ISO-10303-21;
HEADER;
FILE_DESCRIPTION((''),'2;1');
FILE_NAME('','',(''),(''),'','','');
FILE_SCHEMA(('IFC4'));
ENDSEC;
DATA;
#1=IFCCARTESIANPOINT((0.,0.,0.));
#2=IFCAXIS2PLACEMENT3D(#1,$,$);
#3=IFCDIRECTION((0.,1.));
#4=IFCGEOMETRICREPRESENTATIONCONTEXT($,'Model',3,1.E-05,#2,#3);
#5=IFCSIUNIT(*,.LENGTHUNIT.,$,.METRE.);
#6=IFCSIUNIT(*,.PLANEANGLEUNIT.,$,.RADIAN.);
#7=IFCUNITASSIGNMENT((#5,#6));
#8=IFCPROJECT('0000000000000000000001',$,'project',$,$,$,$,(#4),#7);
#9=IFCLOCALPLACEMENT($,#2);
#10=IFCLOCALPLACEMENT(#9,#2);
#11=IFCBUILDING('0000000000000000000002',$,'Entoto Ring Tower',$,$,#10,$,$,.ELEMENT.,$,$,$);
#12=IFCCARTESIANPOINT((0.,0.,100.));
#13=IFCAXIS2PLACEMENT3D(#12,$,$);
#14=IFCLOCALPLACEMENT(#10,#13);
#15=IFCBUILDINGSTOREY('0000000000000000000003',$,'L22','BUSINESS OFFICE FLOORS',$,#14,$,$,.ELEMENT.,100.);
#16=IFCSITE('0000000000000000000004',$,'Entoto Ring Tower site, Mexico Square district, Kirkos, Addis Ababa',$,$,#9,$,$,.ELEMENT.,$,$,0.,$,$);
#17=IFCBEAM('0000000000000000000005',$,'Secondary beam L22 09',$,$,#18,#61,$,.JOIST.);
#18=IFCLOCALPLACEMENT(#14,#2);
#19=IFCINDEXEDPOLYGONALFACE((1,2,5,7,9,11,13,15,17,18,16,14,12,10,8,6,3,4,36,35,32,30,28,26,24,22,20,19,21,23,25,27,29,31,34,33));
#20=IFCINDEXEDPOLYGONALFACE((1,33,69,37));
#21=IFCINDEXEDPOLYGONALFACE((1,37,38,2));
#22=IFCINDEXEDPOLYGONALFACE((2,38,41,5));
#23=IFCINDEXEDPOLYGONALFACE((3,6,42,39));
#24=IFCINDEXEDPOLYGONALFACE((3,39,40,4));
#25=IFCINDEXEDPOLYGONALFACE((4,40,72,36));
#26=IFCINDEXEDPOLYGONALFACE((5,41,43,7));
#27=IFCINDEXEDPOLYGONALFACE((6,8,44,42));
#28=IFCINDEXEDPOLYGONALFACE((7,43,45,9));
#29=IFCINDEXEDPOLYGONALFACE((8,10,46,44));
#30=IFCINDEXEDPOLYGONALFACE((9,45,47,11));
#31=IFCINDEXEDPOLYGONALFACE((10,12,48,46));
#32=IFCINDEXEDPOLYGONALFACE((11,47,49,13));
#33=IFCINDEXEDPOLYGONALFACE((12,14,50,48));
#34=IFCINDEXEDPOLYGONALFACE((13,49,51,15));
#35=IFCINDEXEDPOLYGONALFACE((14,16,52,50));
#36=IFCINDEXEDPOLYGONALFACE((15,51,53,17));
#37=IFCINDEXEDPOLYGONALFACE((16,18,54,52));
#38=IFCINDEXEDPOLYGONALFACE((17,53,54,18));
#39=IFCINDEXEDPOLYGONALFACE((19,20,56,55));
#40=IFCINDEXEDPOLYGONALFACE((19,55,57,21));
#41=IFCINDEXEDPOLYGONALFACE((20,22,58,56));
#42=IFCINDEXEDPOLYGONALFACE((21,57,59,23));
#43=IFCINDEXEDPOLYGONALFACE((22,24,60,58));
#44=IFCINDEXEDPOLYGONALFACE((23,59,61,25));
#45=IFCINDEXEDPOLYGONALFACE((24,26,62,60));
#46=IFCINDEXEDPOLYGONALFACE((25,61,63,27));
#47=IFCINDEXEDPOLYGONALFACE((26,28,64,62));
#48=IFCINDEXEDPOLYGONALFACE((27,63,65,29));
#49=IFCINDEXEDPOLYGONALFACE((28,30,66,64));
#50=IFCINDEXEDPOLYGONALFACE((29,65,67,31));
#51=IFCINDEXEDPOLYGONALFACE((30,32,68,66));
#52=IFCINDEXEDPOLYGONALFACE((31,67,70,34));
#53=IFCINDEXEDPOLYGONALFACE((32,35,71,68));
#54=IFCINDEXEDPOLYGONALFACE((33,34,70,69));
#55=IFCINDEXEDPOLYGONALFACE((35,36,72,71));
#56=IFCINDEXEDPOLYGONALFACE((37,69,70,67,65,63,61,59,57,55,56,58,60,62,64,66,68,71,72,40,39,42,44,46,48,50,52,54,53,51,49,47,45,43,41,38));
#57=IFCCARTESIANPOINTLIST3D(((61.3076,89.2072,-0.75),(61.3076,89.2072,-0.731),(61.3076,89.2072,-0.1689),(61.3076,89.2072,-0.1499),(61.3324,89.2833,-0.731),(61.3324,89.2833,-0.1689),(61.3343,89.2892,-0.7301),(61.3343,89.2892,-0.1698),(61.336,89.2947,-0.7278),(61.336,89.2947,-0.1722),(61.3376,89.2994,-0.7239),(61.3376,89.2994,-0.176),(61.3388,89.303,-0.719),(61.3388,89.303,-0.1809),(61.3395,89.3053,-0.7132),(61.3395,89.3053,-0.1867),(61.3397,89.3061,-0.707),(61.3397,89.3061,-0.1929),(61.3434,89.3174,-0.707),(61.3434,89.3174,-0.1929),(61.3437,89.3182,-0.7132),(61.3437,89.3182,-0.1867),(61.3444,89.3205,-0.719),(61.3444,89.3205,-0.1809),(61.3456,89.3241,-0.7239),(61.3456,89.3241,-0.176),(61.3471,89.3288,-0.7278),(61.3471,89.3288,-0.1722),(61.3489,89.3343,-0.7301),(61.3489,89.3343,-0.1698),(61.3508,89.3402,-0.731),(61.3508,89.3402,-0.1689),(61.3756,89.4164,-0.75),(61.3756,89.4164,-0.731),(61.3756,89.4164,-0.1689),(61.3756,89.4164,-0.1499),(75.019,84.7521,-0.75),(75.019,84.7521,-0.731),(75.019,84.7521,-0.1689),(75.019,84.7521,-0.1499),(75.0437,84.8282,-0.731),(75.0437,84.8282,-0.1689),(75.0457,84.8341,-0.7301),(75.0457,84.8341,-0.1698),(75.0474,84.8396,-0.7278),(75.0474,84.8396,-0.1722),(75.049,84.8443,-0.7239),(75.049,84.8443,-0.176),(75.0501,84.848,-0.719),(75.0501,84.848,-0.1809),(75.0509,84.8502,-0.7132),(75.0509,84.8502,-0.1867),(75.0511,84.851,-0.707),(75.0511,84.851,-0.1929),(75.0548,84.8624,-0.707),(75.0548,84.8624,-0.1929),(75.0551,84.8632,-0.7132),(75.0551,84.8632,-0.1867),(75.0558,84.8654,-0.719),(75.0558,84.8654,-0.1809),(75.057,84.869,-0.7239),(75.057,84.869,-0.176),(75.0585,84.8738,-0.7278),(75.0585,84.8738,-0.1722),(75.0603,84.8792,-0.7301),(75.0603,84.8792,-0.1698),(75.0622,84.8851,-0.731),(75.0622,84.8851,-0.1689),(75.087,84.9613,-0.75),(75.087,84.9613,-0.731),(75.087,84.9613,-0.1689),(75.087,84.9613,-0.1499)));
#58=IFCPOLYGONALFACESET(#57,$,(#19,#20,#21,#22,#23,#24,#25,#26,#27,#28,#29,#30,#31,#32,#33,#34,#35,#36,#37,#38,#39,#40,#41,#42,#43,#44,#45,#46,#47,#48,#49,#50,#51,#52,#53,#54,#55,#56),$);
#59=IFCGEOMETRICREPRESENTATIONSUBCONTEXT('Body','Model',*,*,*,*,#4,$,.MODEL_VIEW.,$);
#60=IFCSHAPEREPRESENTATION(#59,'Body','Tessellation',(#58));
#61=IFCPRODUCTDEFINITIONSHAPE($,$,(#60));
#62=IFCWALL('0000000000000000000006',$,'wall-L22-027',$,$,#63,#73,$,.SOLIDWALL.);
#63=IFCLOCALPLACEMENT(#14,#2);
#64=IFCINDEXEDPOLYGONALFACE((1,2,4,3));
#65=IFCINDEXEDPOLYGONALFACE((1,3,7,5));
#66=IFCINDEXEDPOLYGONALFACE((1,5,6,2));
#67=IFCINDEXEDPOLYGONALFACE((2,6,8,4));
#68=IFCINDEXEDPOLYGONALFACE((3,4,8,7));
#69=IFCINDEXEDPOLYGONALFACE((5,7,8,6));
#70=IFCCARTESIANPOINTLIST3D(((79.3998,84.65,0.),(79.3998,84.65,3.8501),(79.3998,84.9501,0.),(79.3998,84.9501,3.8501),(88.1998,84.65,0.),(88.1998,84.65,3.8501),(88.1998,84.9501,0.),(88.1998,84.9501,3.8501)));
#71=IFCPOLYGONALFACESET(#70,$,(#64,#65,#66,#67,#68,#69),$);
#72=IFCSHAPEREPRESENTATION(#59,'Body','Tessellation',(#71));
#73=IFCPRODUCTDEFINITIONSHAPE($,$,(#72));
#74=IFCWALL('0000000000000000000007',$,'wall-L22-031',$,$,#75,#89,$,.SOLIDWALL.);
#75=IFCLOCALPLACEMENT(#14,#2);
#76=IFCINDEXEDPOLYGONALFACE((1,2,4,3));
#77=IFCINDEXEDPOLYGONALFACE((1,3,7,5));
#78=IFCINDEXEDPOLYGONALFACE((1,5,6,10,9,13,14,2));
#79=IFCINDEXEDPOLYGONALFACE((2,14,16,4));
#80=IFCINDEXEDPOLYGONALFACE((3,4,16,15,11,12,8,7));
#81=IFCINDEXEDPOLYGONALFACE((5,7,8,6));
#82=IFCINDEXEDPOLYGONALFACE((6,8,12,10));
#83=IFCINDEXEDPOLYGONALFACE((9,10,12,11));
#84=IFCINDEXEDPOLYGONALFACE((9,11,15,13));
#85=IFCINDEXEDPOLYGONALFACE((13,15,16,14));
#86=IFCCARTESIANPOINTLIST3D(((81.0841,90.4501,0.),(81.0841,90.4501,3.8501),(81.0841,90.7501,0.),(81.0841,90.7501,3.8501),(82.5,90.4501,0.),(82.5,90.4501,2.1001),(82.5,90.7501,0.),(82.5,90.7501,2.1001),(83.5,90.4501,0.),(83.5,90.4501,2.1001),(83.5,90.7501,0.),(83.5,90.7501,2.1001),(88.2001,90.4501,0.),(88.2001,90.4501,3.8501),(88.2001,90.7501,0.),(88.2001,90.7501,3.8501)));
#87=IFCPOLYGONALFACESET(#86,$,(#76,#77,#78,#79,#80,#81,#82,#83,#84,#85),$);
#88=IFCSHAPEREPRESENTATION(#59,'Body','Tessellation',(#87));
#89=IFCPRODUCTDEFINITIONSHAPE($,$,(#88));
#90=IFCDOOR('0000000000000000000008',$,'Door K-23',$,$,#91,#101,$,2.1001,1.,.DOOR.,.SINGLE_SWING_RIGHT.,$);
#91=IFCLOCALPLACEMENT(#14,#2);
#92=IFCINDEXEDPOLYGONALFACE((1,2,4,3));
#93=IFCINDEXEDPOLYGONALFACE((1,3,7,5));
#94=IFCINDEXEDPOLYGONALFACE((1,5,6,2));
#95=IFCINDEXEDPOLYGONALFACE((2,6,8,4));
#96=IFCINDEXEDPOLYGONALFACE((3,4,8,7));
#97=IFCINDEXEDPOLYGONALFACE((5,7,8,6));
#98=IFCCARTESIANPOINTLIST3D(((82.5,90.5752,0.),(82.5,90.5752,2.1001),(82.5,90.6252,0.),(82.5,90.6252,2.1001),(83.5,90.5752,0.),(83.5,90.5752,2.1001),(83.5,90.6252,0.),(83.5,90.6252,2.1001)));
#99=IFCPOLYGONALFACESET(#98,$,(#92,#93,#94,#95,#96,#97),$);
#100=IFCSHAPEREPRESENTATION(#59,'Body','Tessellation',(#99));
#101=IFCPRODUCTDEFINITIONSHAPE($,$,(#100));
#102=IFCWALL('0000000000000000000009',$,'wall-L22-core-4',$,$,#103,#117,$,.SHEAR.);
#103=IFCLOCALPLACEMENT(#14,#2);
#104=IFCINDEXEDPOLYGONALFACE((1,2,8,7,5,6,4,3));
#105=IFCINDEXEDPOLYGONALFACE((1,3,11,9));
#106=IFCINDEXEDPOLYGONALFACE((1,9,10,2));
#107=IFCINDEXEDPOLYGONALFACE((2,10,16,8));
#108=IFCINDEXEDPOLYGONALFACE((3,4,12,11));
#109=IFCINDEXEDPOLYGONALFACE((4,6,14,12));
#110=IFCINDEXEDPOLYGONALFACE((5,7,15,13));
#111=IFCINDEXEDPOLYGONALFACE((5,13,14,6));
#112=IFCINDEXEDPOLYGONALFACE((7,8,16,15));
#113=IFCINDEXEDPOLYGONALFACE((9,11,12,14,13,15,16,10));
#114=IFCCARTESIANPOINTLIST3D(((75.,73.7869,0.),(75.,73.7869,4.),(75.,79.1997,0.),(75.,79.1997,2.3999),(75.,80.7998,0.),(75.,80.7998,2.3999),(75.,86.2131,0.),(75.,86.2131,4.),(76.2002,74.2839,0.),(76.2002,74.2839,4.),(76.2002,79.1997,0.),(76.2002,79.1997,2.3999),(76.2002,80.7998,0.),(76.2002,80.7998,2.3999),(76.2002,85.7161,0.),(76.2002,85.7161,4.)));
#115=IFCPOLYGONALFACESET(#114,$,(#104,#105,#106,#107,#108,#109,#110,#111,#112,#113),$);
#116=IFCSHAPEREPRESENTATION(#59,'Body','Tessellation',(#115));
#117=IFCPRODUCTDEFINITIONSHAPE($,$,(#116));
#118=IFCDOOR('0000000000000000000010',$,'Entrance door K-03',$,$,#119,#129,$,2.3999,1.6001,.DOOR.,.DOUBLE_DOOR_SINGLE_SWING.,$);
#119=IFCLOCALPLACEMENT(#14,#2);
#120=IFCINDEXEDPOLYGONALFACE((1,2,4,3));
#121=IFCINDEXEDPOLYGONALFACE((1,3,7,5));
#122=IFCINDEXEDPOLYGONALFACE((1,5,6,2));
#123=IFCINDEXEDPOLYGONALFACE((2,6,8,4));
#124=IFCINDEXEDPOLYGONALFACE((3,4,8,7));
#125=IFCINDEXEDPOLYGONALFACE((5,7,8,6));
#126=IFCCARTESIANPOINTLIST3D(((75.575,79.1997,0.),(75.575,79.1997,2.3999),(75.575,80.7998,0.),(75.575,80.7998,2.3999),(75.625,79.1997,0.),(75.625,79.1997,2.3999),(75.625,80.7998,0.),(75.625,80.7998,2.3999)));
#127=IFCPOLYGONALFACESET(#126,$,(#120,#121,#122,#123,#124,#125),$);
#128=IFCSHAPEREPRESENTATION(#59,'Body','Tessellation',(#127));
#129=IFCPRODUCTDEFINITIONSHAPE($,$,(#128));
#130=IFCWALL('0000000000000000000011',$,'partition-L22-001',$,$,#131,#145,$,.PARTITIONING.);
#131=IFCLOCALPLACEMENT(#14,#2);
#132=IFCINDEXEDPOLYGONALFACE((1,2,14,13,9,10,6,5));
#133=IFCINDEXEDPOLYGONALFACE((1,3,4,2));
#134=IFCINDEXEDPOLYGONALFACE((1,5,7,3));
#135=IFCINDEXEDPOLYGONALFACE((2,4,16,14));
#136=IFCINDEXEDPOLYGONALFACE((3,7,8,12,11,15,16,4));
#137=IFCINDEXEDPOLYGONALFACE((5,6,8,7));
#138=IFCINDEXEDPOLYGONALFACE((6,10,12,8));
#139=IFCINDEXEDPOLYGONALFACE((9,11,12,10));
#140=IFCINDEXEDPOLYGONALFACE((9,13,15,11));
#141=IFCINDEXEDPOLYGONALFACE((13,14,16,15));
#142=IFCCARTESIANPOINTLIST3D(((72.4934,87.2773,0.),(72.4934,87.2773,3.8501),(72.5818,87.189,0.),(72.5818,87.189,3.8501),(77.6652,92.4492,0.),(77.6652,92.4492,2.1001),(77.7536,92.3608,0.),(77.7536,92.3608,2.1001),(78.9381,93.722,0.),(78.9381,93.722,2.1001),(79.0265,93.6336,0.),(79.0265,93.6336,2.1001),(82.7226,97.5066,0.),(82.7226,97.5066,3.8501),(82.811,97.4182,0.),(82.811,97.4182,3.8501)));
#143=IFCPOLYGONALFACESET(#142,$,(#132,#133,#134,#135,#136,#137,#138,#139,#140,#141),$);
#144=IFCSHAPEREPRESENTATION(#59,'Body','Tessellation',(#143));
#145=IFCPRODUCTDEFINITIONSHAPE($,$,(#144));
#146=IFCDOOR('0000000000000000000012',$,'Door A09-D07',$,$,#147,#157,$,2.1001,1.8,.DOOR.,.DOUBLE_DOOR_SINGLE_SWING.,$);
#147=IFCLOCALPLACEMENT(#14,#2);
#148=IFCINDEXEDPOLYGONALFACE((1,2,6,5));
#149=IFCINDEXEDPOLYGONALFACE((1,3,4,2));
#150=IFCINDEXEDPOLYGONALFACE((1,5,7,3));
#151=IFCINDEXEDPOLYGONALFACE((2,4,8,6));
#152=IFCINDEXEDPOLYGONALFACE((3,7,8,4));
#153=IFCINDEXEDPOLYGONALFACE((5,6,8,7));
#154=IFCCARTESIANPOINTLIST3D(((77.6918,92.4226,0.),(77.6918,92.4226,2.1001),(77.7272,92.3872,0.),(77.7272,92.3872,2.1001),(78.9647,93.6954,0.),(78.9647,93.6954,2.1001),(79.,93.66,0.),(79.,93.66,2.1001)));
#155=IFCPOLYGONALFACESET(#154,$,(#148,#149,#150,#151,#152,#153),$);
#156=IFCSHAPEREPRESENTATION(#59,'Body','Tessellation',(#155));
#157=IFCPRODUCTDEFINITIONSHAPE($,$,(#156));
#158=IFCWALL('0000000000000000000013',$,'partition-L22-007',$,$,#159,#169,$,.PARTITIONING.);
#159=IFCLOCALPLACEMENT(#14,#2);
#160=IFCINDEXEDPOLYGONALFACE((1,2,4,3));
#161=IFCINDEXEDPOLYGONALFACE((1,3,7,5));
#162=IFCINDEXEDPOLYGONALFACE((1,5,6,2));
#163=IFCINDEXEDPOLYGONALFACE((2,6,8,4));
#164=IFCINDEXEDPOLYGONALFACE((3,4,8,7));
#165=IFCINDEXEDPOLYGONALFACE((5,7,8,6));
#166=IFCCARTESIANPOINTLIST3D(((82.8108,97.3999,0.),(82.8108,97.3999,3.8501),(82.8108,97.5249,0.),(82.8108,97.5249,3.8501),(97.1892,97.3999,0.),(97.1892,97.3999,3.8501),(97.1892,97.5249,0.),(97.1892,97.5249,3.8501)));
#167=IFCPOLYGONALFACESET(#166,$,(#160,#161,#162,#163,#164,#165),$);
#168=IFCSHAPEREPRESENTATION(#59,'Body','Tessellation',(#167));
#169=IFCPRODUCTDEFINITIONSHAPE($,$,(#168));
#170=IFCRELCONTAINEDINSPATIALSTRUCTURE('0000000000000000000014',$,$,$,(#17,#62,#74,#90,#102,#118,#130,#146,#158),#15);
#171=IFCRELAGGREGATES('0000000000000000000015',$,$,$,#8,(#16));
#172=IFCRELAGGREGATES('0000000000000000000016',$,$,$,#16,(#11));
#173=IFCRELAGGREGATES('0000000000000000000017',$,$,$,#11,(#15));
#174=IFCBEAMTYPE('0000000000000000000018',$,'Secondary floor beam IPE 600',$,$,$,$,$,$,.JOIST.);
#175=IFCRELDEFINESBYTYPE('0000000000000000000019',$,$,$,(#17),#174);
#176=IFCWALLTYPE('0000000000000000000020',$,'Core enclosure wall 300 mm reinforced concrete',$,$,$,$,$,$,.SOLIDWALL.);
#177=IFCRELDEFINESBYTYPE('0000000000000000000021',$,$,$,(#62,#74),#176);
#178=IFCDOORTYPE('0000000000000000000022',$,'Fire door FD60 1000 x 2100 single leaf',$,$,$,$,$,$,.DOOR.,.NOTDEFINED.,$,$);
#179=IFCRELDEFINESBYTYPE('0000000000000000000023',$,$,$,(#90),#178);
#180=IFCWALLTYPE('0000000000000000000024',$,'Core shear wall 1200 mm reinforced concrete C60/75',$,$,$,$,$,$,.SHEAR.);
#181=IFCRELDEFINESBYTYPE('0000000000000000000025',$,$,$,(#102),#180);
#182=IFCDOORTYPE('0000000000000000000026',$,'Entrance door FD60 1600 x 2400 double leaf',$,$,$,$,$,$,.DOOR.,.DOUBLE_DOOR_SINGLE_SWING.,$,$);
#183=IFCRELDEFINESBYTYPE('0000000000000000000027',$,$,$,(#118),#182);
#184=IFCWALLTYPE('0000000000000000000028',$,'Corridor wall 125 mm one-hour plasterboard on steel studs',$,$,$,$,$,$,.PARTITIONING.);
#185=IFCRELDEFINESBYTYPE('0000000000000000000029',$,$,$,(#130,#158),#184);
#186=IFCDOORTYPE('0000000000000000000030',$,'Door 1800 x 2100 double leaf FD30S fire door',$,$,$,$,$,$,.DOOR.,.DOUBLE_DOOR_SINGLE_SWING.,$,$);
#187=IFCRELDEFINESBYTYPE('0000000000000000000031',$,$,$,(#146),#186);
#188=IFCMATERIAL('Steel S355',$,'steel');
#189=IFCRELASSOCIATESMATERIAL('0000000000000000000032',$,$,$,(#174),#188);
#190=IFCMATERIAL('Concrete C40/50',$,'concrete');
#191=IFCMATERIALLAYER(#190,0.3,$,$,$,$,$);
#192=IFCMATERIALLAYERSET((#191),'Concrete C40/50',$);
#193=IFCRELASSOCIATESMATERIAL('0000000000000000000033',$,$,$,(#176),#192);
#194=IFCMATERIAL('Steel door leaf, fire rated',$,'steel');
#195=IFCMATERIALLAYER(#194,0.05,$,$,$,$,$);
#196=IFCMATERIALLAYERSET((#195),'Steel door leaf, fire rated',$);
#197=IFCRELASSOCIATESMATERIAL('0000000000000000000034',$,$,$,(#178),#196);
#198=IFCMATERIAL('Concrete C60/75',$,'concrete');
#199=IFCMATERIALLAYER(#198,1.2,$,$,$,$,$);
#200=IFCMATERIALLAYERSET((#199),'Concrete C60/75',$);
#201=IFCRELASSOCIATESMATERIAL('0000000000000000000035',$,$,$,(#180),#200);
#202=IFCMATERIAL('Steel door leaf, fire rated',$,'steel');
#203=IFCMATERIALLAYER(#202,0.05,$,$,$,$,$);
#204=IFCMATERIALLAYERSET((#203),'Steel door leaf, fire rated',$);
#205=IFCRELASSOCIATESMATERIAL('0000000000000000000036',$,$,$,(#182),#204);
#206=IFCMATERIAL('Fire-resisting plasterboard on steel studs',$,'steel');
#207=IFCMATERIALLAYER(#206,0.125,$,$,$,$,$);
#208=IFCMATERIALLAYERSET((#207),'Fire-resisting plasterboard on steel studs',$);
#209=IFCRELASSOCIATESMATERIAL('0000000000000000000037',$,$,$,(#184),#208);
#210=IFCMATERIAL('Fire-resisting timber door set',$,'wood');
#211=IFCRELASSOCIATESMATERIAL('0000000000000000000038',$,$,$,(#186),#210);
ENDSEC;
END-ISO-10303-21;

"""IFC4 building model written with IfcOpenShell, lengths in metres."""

from ifc_helpers import new_model, si_unit, direction, frame, frame_2d, origin, origin_2d, place, context, subcontext, project, spatial, polyline, rectangle, i_section, outline, extrude, material, layer, layer_set, material_profile, profile_set, type_object, element, fill, save


model = new_model("IFC4")

# Units and contexts
model_context = context("Model", 3, precision=1e-05, world=origin(), true_north=direction((0.0, 1.0)))
body_context = subcontext(model_context, "Body", "Model", "MODEL_VIEW")
ifc_project = project(units=[si_unit("LENGTHUNIT", "METRE"), si_unit("PLANEANGLEUNIT", "RADIAN")], contexts=[model_context])

# Site, building, storey
site_placement = place(None, origin())
site = spatial("IfcSite", under=ifc_project, at=site_placement, Name="Entoto Ring Tower site, Mexico Square district, Kirkos, Addis Ababa", CompositionType="ELEMENT", RefElevation=0.0)
building_placement = place(site_placement, origin())
building = spatial("IfcBuilding", under=site, at=building_placement, Name="Entoto Ring Tower", CompositionType="ELEMENT")
storey_placement = place(building_placement, frame((0.0, 0.0, 100.0)))
storey = spatial("IfcBuildingStorey", under=building, at=storey_placement, Name="L22", Description="BUSINESS OFFICE FLOORS", CompositionType="ELEMENT", Elevation=100.0)

# Beam
ifc_material_1 = material(Name="Steel S355", Category="steel")
ifc_material_profile_1 = material_profile(ifc_material_1, i_section(OverallWidth=0.22, OverallDepth=0.6001, WebThickness=0.012, FlangeThickness=0.019, FilletRadius=0.0239, at=origin_2d()), Name="IPE 600")
ifc_profile_set_1 = profile_set([ifc_material_profile_1], Name="Steel S355")
beam_type_1 = type_object("IfcBeamType", Name="Secondary floor beam IPE 600", PredefinedType="JOIST", material=ifc_profile_set_1)
beam_1_placement = place(storey_placement, frame((75.053, 84.8567, -0.45), z_axis=(-0.951057, 0.309015, 0.0), x_axis=(-0.309015, -0.951057, 0.0)))
element("IfcBeam", 1, at=beam_1_placement, inside=storey, type_object=beam_type_1, Name="Secondary beam L22 09", PredefinedType="JOIST", context=body_context, shape_type="SweptSolid", body=[
    extrude(i_section(OverallWidth=0.22, OverallDepth=0.6001, WebThickness=0.012, FlangeThickness=0.019, FilletRadius=0.0239, at=origin_2d()), origin(), (0.0, 0.0, 1.0), 14.417),
])

# Wall
ifc_material_2 = material(Name="Concrete C40/50", Category="concrete")
ifc_layer_1 = layer(ifc_material_2, 0.3)
ifc_layer_set_1 = layer_set([ifc_layer_1], Name="Concrete C40/50")
wall_type_1 = type_object("IfcWallType", Name="Core enclosure wall 300 mm reinforced concrete", PredefinedType="SOLIDWALL", material=ifc_layer_set_1)
wall_1_placement = place(storey_placement, frame((79.3999, 84.8, 0.0), z_axis=(0.0, 0.0, 1.0), x_axis=(1.0, 0.0, 0.0)))
element("IfcWall", 2, at=wall_1_placement, inside=storey, type_object=wall_type_1, Name="wall-L22-027", PredefinedType="SOLIDWALL", context=body_context, shape_type="SweptSolid", body=[
    extrude(rectangle(XDim=8.8, YDim=0.3, at=frame_2d((4.3999, 0.0))), origin(), (0.0, 0.0, 1.0), 3.8501),
])

# Walls, openings, doors
wall_2_placement = place(storey_placement, frame((81.084, 90.6001, 0.0), z_axis=(0.0, 0.0, 1.0), x_axis=(1.0, 0.0, 0.0)))
wall_2 = element("IfcWall", 3, at=wall_2_placement, inside=storey, type_object=wall_type_1, Name="wall-L22-031", PredefinedType="SOLIDWALL", context=body_context, shape_type="SweptSolid", body=[
    extrude(rectangle(XDim=7.116, YDim=0.3, at=frame_2d((3.5581, 0.0))), origin(), (0.0, 0.0, 1.0), 3.8501),
])
opening_1_placement = place(wall_2_placement, frame((1.416, 0.0, 0.0)))
opening_1 = element("IfcOpeningElement", 4, at=opening_1_placement, cuts=wall_2, PredefinedType="OPENING", context=body_context, shape_type="SweptSolid", body=[
    extrude(rectangle(XDim=1.0, YDim=2.1001, at=frame_2d((0.5, 1.05))), frame((0.0, 0.1602, 0.0), z_axis=(0.0, -1.0, 0.0), x_axis=(1.0, 0.0, 0.0)), (0.0, 0.0, 1.0), 0.3201),
])
ifc_material_3 = material(Name="Steel door leaf, fire rated", Category="steel")
ifc_layer_2 = layer(ifc_material_3, 0.05)
ifc_layer_set_2 = layer_set([ifc_layer_2], Name="Steel door leaf, fire rated")
door_type_1 = type_object("IfcDoorType", Name="Fire door FD60 1000 x 2100 single leaf", OperationType="NOTDEFINED", PredefinedType="DOOR", material=ifc_layer_set_2)
door_1_placement = place(opening_1_placement, frame((1.0, 0.0, 0.0), z_axis=(0.0, 0.0, 1.0), x_axis=(-1.0, 0.0, 0.0)))
door_1 = element("IfcDoor", 5, at=door_1_placement, inside=storey, type_object=door_type_1, Name="Door K-23", OperationType="SINGLE_SWING_RIGHT", OverallHeight=2.1001, OverallWidth=1.0, PredefinedType="DOOR", context=body_context, shape_type="SweptSolid", body=[
    extrude(rectangle(XDim=1.0, YDim=2.1001, at=frame_2d((0.5, 1.05))), frame((0.0, 0.0249, 0.0), z_axis=(0.0, -1.0, 0.0), x_axis=(1.0, 0.0, 0.0)), (0.0, 0.0, 1.0), 0.05),
])
fill(opening_1, door_1)
ifc_material_4 = material(Name="Concrete C60/75", Category="concrete")
ifc_layer_3 = layer(ifc_material_4, 1.2)
ifc_layer_set_3 = layer_set([ifc_layer_3], Name="Concrete C60/75")
wall_type_2 = type_object("IfcWallType", Name="Core shear wall 1200 mm reinforced concrete C60/75", PredefinedType="SHEAR", material=ifc_layer_set_3)
wall_3_placement = place(storey_placement, frame((75.6001, 85.9646, 0.0), z_axis=(0.0, 0.0, 1.0), x_axis=(0.0, -1.0, 0.0)))
wall_3 = element("IfcWall", 6, at=wall_3_placement, inside=storey, type_object=wall_type_2, Name="wall-L22-core-4", PredefinedType="SHEAR", context=body_context, shape_type="SweptSolid", body=[
    extrude(outline(polyline([(-0.2485, -0.6001), (12.1777, -0.6001), (11.6807, 0.6001), (0.2485, 0.6001), (-0.2485, -0.6001)])), origin(), (0.0, 0.0, 1.0), 4.0),
])
opening_2_placement = place(wall_3_placement, frame((5.1648, 0.0, 0.0)))
opening_2 = element("IfcOpeningElement", 7, at=opening_2_placement, cuts=wall_3, PredefinedType="OPENING", context=body_context, shape_type="SweptSolid", body=[
    extrude(rectangle(XDim=1.6001, YDim=2.3999, at=frame_2d((0.8, 1.2))), frame((0.0, 0.6099, 0.0), z_axis=(0.0, -1.0, 0.0), x_axis=(1.0, 0.0, 0.0)), (0.0, 0.0, 1.0), 1.22),
])
ifc_material_5 = material(Name="Steel door leaf, fire rated", Category="steel")
ifc_layer_4 = layer(ifc_material_5, 0.05)
ifc_layer_set_4 = layer_set([ifc_layer_4], Name="Steel door leaf, fire rated")
door_type_2 = type_object("IfcDoorType", Name="Entrance door FD60 1600 x 2400 double leaf", OperationType="DOUBLE_DOOR_SINGLE_SWING", PredefinedType="DOOR", material=ifc_layer_set_4)
door_2_placement = place(opening_2_placement, origin())
door_2 = element("IfcDoor", 8, at=door_2_placement, inside=storey, type_object=door_type_2, Name="Entrance door K-03", OperationType="DOUBLE_DOOR_SINGLE_SWING", OverallHeight=2.3999, OverallWidth=1.6001, PredefinedType="DOOR", context=body_context, shape_type="SweptSolid", body=[
    extrude(rectangle(XDim=1.6001, YDim=2.3999, at=frame_2d((0.8, 1.2))), frame((0.0, 0.0249, 0.0), z_axis=(0.0, -1.0, 0.0), x_axis=(1.0, 0.0, 0.0)), (0.0, 0.0, 1.0), 0.05),
])
fill(opening_2, door_2)
ifc_material_6 = material(Name="Fire-resisting plasterboard on steel studs", Category="steel")
ifc_layer_5 = layer(ifc_material_6, 0.125)
ifc_layer_set_5 = layer_set([ifc_layer_5], Name="Fire-resisting plasterboard on steel studs")
wall_type_3 = type_object("IfcWallType", Name="Corridor wall 125 mm one-hour plasterboard on steel studs", PredefinedType="PARTITIONING", material=ifc_layer_set_5)
wall_4_placement = place(storey_placement, frame((72.5376, 87.2332, 0.0), z_axis=(0.0, 0.0, 1.0), x_axis=(0.707107, 0.707107, 0.0)))
wall_4 = element("IfcWall", 9, at=wall_4_placement, inside=storey, type_object=wall_type_3, Name="partition-L22-001", PredefinedType="PARTITIONING", context=body_context, shape_type="SweptSolid", body=[
    extrude(rectangle(XDim=14.4663, YDim=0.125, at=frame_2d((7.2332, 0.0))), origin(), (0.0, 0.0, 1.0), 3.8501),
])
opening_3_placement = place(wall_4_placement, frame((7.3142, 0.0, 0.0)))
opening_3 = element("IfcOpeningElement", 10, at=opening_3_placement, cuts=wall_4, PredefinedType="OPENING", context=body_context, shape_type="SweptSolid", body=[
    extrude(rectangle(XDim=1.8, YDim=2.1001, at=frame_2d((0.8999, 1.05))), frame((0.0, 0.0725, 0.0), z_axis=(0.0, -1.0, 0.0), x_axis=(1.0, 0.0, 0.0)), (0.0, 0.0, 1.0), 0.145),
])
ifc_material_7 = material(Name="Fire-resisting timber door set", Category="wood")
door_type_3 = type_object("IfcDoorType", Name="Door 1800 x 2100 double leaf FD30S fire door", OperationType="DOUBLE_DOOR_SINGLE_SWING", PredefinedType="DOOR", material=ifc_material_7)
door_3_placement = place(opening_3_placement, origin())
door_3 = element("IfcDoor", 11, at=door_3_placement, inside=storey, type_object=door_type_3, Name="Door A09-D07", OperationType="DOUBLE_DOOR_SINGLE_SWING", OverallHeight=2.1001, OverallWidth=1.8, PredefinedType="DOOR", context=body_context, shape_type="SweptSolid", body=[
    extrude(rectangle(XDim=1.8, YDim=2.1001, at=frame_2d((0.8999, 1.05))), frame((0.0, 0.0249, 0.0), z_axis=(0.0, -1.0, 0.0), x_axis=(1.0, 0.0, 0.0)), (0.0, 0.0, 1.0), 0.05),
])
fill(opening_3, door_3)

# Wall
wall_5_placement = place(storey_placement, frame((82.8108, 97.4624, 0.0), z_axis=(0.0, 0.0, 1.0), x_axis=(1.0, 0.0, 0.0)))
element("IfcWall", 12, at=wall_5_placement, inside=storey, type_object=wall_type_3, Name="partition-L22-007", PredefinedType="PARTITIONING", context=body_context, shape_type="SweptSolid", body=[
    extrude(rectangle(XDim=14.3784, YDim=0.125, at=frame_2d((7.1892, 0.0))), origin(), (0.0, 0.0, 1.0), 3.8501),
])

save(model, "model.ifc")
